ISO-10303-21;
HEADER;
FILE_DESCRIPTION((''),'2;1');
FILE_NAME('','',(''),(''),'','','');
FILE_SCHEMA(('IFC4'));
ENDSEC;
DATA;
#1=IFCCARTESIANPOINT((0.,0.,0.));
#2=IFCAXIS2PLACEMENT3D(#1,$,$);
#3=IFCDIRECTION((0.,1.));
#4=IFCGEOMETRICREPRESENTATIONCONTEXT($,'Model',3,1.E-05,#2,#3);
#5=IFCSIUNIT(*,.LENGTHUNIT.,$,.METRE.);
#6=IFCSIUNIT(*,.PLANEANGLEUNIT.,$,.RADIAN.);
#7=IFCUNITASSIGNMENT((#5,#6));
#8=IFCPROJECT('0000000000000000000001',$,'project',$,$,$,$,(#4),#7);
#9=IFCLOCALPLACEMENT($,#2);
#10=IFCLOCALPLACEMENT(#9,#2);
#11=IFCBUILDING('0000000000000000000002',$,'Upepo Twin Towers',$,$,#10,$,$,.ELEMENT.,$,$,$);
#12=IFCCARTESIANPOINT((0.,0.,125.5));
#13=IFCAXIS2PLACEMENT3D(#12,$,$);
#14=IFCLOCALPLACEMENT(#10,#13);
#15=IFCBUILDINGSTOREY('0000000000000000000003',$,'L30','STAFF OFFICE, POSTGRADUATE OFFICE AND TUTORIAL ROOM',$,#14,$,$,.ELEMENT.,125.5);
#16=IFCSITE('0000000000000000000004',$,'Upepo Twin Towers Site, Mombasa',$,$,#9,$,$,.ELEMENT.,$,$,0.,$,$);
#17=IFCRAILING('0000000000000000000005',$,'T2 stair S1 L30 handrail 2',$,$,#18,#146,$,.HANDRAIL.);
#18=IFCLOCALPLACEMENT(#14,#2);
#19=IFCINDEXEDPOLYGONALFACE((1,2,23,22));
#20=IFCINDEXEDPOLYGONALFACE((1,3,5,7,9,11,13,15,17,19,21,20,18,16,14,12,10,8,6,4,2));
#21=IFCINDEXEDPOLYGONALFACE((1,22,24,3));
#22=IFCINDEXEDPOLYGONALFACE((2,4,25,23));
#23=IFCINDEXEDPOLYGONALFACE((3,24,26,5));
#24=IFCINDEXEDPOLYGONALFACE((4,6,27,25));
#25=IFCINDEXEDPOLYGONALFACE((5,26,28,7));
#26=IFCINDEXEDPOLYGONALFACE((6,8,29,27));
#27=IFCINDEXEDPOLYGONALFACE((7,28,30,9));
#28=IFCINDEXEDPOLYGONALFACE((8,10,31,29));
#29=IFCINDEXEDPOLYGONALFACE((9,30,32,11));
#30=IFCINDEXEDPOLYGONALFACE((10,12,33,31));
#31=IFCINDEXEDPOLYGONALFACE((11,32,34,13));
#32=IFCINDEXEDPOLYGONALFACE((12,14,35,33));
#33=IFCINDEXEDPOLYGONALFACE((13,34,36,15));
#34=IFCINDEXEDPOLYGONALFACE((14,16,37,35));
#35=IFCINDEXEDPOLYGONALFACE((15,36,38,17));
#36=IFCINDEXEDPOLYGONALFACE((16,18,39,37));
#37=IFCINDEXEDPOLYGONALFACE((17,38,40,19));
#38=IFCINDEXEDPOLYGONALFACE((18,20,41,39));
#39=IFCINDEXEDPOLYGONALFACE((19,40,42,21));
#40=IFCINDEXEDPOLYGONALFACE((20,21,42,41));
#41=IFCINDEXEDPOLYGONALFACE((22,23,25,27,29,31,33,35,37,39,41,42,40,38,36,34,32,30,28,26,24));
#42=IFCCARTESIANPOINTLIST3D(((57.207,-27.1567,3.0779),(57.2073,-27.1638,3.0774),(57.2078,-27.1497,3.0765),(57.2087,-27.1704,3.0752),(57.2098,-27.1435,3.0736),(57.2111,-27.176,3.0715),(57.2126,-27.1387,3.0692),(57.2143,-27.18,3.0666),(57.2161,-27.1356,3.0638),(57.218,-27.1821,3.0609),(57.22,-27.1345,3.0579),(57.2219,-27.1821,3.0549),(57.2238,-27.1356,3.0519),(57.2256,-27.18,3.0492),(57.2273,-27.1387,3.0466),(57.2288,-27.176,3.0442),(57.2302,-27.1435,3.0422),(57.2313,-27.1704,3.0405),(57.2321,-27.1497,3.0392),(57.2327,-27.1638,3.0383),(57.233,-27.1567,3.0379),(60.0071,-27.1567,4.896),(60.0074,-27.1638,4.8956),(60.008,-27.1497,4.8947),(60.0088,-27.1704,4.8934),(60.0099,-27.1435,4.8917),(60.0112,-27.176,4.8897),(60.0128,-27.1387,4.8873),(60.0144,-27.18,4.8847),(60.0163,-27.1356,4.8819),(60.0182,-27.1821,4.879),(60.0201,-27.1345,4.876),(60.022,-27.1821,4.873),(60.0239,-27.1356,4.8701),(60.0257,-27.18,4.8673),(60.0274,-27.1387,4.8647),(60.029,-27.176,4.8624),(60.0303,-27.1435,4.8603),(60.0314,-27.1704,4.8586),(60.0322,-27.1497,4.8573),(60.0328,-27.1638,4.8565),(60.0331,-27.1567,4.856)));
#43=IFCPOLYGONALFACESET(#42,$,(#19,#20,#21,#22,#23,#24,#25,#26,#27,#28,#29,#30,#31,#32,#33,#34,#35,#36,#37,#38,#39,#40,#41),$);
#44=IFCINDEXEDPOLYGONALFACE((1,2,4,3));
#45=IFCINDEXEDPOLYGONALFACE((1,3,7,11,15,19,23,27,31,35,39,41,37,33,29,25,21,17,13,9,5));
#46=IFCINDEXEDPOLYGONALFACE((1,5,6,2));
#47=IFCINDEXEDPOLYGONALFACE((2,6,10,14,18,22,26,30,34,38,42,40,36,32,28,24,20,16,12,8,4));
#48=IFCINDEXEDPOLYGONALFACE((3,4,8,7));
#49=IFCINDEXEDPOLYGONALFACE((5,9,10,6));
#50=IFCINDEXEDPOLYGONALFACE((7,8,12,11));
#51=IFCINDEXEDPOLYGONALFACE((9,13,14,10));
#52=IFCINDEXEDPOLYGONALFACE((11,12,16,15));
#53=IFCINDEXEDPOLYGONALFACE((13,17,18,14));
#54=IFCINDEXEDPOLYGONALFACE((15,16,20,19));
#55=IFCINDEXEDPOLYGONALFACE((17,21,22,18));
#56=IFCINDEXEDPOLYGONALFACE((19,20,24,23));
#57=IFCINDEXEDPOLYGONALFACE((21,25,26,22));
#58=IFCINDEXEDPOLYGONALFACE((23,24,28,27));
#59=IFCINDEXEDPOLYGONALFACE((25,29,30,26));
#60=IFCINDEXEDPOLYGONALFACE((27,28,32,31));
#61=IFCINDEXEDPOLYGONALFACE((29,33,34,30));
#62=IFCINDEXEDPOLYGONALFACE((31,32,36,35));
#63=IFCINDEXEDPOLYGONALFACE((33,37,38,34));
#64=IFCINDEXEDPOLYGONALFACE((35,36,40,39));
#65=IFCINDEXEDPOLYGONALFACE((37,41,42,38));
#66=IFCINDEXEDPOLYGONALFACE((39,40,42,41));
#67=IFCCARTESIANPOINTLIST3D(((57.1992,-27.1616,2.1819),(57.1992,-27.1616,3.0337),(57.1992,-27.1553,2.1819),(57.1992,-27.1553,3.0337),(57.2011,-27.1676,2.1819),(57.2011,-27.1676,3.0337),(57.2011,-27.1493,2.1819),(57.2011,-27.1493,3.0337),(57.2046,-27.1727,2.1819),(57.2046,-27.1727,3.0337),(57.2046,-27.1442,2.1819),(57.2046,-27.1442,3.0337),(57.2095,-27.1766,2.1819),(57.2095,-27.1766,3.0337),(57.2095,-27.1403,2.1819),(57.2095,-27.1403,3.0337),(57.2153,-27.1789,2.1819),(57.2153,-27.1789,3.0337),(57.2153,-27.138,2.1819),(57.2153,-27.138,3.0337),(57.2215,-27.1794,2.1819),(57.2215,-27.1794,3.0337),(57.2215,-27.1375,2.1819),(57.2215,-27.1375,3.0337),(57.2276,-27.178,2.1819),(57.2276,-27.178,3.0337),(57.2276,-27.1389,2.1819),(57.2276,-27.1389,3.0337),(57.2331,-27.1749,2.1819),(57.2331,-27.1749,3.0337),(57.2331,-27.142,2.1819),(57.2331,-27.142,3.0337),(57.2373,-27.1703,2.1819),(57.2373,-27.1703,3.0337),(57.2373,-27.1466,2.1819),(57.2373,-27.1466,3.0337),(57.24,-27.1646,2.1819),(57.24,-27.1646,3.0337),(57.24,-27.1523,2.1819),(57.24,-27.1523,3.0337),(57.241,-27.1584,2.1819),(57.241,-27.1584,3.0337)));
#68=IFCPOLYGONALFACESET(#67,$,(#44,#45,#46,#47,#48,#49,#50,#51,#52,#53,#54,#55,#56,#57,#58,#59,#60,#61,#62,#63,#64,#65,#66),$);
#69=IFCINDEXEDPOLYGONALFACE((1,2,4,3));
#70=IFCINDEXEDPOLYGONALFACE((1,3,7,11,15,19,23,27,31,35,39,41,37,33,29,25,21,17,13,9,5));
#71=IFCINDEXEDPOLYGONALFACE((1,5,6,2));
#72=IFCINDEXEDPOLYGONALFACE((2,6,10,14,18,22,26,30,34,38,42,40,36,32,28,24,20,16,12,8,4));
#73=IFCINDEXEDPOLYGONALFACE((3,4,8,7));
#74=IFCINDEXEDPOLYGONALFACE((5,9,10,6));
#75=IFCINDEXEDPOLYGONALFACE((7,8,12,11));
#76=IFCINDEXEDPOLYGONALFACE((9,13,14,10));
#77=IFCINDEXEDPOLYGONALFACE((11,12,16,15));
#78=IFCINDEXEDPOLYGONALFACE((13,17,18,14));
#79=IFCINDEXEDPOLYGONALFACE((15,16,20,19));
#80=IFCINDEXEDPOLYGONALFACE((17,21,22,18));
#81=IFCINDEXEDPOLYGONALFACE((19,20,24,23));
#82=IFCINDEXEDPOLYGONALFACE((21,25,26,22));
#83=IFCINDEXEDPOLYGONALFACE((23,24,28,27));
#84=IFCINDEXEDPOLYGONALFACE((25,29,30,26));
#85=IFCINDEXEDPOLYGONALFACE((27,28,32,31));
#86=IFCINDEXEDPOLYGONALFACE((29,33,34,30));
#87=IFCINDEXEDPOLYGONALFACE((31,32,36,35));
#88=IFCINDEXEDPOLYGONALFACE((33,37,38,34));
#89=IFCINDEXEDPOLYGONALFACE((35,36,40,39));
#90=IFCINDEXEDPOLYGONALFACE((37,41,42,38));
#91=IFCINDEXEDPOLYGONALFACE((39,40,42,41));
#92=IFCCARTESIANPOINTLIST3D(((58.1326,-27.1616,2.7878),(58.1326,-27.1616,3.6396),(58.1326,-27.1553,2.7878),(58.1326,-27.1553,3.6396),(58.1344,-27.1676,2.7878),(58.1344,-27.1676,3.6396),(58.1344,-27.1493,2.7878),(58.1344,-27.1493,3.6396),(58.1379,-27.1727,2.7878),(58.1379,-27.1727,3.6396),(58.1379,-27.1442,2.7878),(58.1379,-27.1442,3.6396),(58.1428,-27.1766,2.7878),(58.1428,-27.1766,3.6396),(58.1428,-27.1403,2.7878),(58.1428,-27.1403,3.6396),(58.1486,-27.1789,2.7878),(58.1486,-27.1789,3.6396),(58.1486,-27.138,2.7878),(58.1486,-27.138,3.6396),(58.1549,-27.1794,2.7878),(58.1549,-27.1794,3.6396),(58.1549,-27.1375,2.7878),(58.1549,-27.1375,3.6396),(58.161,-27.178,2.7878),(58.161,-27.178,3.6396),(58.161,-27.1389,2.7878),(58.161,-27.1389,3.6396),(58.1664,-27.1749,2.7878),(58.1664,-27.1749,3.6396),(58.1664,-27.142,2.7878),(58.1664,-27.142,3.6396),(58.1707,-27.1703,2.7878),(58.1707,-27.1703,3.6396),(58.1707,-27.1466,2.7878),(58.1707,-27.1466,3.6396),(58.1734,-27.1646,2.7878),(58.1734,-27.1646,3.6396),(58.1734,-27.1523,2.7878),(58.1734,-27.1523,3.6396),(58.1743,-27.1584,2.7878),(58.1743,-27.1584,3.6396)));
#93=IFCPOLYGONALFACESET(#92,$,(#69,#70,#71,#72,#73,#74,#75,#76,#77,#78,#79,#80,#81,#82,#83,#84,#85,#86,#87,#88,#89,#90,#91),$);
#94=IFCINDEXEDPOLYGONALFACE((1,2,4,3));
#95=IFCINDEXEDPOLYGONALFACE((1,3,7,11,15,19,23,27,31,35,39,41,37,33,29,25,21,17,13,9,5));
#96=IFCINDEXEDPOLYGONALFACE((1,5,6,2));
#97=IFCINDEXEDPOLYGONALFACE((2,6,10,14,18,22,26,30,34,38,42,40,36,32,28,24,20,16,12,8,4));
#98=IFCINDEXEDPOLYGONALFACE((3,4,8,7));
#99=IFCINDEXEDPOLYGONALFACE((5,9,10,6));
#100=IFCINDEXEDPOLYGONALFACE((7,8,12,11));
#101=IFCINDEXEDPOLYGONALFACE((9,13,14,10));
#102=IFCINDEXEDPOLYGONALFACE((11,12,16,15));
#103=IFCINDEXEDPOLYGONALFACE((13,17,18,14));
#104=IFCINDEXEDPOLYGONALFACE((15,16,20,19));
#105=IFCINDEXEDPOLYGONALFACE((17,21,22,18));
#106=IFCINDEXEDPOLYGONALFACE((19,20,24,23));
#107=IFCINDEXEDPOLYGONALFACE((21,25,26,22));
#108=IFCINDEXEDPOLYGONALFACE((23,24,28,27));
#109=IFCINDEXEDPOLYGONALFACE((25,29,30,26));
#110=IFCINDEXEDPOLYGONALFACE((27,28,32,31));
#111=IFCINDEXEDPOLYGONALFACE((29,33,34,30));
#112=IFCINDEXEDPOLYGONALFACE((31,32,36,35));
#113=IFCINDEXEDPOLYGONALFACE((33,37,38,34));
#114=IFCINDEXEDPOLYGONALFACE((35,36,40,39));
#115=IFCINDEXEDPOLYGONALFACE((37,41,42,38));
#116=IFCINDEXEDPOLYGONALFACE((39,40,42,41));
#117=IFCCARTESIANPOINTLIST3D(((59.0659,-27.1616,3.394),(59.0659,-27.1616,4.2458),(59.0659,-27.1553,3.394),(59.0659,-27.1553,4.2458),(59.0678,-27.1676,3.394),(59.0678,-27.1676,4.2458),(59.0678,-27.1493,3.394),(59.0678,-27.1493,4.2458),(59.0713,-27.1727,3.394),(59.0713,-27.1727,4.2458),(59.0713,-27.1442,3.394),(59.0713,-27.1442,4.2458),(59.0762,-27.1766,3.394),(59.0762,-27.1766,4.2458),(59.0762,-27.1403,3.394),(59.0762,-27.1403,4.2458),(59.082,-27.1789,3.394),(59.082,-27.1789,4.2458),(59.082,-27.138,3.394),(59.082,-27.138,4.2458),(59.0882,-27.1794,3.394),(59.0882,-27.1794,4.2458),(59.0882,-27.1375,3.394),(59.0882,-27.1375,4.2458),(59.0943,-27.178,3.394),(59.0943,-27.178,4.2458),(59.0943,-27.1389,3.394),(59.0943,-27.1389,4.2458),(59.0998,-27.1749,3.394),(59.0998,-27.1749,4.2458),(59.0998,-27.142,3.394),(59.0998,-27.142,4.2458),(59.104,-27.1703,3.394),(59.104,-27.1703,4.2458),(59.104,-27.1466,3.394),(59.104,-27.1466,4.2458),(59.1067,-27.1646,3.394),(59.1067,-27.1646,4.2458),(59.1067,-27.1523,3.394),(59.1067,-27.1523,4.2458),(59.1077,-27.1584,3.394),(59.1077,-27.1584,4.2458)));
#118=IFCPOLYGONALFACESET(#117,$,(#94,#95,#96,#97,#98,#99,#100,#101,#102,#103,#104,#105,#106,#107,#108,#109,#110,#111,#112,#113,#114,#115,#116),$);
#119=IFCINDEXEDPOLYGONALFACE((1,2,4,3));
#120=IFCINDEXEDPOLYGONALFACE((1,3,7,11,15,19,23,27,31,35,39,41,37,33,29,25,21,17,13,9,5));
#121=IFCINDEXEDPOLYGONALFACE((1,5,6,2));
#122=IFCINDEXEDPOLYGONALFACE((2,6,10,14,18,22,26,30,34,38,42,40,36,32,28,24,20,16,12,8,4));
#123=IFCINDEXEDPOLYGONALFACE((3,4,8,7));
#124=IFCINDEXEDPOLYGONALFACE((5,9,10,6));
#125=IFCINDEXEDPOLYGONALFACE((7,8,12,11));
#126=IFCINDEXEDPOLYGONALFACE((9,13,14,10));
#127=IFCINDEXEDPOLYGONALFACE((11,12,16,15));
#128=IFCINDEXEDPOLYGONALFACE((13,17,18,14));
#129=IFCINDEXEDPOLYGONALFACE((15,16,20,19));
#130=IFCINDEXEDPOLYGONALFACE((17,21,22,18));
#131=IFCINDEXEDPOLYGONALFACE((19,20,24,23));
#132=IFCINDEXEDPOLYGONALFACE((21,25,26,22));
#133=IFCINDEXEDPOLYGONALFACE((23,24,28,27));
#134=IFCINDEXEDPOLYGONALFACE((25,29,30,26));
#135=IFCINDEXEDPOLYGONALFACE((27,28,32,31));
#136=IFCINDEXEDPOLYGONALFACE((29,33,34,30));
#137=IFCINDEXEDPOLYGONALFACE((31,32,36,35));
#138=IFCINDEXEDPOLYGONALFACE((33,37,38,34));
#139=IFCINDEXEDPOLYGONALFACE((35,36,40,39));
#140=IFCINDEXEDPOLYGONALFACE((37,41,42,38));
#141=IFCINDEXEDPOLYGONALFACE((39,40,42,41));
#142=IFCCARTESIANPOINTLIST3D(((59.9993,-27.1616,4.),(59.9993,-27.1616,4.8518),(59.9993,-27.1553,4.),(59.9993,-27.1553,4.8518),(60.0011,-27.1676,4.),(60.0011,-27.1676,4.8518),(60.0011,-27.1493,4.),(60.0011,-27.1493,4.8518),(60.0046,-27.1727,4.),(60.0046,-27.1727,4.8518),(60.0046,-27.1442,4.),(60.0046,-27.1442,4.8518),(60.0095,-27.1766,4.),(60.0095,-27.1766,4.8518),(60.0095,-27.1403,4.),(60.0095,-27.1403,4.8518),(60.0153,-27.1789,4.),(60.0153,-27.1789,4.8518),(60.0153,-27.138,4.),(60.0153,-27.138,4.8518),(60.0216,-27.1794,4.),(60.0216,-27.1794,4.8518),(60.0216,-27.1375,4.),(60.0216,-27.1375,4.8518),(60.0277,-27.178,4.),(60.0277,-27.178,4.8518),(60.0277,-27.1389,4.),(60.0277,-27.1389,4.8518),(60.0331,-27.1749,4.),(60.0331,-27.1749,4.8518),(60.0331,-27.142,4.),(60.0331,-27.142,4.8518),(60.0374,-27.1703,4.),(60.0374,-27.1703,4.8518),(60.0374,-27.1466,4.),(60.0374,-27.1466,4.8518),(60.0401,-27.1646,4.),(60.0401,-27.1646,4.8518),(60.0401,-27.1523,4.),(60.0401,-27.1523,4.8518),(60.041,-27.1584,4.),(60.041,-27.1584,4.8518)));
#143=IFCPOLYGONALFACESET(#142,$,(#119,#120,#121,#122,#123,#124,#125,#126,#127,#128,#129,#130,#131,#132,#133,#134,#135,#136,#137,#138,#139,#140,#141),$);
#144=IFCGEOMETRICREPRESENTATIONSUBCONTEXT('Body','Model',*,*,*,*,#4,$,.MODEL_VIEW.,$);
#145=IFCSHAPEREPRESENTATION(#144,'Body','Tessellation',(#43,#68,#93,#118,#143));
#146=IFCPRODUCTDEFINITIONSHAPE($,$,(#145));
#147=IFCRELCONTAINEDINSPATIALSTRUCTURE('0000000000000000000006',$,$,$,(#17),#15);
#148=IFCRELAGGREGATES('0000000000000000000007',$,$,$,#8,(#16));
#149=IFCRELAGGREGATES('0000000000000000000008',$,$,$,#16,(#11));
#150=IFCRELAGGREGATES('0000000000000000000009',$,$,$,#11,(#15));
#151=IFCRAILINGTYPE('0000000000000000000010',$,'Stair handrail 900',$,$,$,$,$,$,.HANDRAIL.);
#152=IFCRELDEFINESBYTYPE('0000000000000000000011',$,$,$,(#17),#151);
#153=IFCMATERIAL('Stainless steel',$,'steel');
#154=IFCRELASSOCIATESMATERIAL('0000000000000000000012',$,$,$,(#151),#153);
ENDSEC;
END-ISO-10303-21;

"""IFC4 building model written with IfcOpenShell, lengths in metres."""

from ifc_helpers import new_model, si_unit, direction, frame, origin, origin_2d, place, context, subcontext, project, spatial, circle, extrude, material, type_object, element, save


model = new_model("IFC4")

# Units and contexts
model_context = context("Model", 3, precision=1e-05, world=origin(), true_north=direction((0.0, 1.0)))
body_context = subcontext(model_context, "Body", "Model", "MODEL_VIEW")
ifc_project = project(units=[si_unit("LENGTHUNIT", "METRE"), si_unit("PLANEANGLEUNIT", "RADIAN")], contexts=[model_context])

# Site, building, storey
site_placement = place(None, origin())
site = spatial("IfcSite", under=ifc_project, at=site_placement, Name="Upepo Twin Towers Site, Mombasa", CompositionType="ELEMENT", RefElevation=0.0)
building_placement = place(site_placement, origin())
building = spatial("IfcBuilding", under=site, at=building_placement, Name="Upepo Twin Towers", CompositionType="ELEMENT")
storey_placement = place(building_placement, frame((0.0, 0.0, 125.5)))
storey = spatial("IfcBuildingStorey", under=building, at=storey_placement, Name="L30", Description="STAFF OFFICE, POSTGRADUATE OFFICE AND TUTORIAL ROOM", CompositionType="ELEMENT", Elevation=125.5)

# Railing
ifc_material_1 = material(Name="Stainless steel", Category="steel")
railing_type = type_object("IfcRailingType", Name="Stair handrail 900", PredefinedType="HANDRAIL", material=ifc_material_1)
railing_1_placement = place(storey_placement, frame((57.22, -27.1584, 2.1819)))
element("IfcRailing", 1, at=railing_1_placement, inside=storey, type_object=railing_type, Name="T2 stair S1 L30 handrail 2", PredefinedType="HANDRAIL", context=body_context, shape_type="SweptSolid", body=[
    extrude(circle(Radius=0.0239, at=origin_2d()), frame((0.0, 0.0, 0.876), z_axis=(0.838706, 0.0, 0.544585), x_axis=(0.0, 1.0, 0.0)), (0.0, 0.0, 1.0), 3.3386),
    extrude(circle(Radius=0.021, at=origin_2d()), origin(), (0.0, 0.0, 1.0), 0.8518),
    extrude(circle(Radius=0.021, at=origin_2d()), frame((0.9333, 0.0, 0.606)), (0.0, 0.0, 1.0), 0.8518),
    extrude(circle(Radius=0.021, at=origin_2d()), frame((1.8667, 0.0, 1.2122)), (0.0, 0.0, 1.0), 0.8518),
    extrude(circle(Radius=0.021, at=origin_2d()), frame((2.8, 0.0, 1.8181)), (0.0, 0.0, 1.0), 0.8518),
])

save(model, "model.ifc")
